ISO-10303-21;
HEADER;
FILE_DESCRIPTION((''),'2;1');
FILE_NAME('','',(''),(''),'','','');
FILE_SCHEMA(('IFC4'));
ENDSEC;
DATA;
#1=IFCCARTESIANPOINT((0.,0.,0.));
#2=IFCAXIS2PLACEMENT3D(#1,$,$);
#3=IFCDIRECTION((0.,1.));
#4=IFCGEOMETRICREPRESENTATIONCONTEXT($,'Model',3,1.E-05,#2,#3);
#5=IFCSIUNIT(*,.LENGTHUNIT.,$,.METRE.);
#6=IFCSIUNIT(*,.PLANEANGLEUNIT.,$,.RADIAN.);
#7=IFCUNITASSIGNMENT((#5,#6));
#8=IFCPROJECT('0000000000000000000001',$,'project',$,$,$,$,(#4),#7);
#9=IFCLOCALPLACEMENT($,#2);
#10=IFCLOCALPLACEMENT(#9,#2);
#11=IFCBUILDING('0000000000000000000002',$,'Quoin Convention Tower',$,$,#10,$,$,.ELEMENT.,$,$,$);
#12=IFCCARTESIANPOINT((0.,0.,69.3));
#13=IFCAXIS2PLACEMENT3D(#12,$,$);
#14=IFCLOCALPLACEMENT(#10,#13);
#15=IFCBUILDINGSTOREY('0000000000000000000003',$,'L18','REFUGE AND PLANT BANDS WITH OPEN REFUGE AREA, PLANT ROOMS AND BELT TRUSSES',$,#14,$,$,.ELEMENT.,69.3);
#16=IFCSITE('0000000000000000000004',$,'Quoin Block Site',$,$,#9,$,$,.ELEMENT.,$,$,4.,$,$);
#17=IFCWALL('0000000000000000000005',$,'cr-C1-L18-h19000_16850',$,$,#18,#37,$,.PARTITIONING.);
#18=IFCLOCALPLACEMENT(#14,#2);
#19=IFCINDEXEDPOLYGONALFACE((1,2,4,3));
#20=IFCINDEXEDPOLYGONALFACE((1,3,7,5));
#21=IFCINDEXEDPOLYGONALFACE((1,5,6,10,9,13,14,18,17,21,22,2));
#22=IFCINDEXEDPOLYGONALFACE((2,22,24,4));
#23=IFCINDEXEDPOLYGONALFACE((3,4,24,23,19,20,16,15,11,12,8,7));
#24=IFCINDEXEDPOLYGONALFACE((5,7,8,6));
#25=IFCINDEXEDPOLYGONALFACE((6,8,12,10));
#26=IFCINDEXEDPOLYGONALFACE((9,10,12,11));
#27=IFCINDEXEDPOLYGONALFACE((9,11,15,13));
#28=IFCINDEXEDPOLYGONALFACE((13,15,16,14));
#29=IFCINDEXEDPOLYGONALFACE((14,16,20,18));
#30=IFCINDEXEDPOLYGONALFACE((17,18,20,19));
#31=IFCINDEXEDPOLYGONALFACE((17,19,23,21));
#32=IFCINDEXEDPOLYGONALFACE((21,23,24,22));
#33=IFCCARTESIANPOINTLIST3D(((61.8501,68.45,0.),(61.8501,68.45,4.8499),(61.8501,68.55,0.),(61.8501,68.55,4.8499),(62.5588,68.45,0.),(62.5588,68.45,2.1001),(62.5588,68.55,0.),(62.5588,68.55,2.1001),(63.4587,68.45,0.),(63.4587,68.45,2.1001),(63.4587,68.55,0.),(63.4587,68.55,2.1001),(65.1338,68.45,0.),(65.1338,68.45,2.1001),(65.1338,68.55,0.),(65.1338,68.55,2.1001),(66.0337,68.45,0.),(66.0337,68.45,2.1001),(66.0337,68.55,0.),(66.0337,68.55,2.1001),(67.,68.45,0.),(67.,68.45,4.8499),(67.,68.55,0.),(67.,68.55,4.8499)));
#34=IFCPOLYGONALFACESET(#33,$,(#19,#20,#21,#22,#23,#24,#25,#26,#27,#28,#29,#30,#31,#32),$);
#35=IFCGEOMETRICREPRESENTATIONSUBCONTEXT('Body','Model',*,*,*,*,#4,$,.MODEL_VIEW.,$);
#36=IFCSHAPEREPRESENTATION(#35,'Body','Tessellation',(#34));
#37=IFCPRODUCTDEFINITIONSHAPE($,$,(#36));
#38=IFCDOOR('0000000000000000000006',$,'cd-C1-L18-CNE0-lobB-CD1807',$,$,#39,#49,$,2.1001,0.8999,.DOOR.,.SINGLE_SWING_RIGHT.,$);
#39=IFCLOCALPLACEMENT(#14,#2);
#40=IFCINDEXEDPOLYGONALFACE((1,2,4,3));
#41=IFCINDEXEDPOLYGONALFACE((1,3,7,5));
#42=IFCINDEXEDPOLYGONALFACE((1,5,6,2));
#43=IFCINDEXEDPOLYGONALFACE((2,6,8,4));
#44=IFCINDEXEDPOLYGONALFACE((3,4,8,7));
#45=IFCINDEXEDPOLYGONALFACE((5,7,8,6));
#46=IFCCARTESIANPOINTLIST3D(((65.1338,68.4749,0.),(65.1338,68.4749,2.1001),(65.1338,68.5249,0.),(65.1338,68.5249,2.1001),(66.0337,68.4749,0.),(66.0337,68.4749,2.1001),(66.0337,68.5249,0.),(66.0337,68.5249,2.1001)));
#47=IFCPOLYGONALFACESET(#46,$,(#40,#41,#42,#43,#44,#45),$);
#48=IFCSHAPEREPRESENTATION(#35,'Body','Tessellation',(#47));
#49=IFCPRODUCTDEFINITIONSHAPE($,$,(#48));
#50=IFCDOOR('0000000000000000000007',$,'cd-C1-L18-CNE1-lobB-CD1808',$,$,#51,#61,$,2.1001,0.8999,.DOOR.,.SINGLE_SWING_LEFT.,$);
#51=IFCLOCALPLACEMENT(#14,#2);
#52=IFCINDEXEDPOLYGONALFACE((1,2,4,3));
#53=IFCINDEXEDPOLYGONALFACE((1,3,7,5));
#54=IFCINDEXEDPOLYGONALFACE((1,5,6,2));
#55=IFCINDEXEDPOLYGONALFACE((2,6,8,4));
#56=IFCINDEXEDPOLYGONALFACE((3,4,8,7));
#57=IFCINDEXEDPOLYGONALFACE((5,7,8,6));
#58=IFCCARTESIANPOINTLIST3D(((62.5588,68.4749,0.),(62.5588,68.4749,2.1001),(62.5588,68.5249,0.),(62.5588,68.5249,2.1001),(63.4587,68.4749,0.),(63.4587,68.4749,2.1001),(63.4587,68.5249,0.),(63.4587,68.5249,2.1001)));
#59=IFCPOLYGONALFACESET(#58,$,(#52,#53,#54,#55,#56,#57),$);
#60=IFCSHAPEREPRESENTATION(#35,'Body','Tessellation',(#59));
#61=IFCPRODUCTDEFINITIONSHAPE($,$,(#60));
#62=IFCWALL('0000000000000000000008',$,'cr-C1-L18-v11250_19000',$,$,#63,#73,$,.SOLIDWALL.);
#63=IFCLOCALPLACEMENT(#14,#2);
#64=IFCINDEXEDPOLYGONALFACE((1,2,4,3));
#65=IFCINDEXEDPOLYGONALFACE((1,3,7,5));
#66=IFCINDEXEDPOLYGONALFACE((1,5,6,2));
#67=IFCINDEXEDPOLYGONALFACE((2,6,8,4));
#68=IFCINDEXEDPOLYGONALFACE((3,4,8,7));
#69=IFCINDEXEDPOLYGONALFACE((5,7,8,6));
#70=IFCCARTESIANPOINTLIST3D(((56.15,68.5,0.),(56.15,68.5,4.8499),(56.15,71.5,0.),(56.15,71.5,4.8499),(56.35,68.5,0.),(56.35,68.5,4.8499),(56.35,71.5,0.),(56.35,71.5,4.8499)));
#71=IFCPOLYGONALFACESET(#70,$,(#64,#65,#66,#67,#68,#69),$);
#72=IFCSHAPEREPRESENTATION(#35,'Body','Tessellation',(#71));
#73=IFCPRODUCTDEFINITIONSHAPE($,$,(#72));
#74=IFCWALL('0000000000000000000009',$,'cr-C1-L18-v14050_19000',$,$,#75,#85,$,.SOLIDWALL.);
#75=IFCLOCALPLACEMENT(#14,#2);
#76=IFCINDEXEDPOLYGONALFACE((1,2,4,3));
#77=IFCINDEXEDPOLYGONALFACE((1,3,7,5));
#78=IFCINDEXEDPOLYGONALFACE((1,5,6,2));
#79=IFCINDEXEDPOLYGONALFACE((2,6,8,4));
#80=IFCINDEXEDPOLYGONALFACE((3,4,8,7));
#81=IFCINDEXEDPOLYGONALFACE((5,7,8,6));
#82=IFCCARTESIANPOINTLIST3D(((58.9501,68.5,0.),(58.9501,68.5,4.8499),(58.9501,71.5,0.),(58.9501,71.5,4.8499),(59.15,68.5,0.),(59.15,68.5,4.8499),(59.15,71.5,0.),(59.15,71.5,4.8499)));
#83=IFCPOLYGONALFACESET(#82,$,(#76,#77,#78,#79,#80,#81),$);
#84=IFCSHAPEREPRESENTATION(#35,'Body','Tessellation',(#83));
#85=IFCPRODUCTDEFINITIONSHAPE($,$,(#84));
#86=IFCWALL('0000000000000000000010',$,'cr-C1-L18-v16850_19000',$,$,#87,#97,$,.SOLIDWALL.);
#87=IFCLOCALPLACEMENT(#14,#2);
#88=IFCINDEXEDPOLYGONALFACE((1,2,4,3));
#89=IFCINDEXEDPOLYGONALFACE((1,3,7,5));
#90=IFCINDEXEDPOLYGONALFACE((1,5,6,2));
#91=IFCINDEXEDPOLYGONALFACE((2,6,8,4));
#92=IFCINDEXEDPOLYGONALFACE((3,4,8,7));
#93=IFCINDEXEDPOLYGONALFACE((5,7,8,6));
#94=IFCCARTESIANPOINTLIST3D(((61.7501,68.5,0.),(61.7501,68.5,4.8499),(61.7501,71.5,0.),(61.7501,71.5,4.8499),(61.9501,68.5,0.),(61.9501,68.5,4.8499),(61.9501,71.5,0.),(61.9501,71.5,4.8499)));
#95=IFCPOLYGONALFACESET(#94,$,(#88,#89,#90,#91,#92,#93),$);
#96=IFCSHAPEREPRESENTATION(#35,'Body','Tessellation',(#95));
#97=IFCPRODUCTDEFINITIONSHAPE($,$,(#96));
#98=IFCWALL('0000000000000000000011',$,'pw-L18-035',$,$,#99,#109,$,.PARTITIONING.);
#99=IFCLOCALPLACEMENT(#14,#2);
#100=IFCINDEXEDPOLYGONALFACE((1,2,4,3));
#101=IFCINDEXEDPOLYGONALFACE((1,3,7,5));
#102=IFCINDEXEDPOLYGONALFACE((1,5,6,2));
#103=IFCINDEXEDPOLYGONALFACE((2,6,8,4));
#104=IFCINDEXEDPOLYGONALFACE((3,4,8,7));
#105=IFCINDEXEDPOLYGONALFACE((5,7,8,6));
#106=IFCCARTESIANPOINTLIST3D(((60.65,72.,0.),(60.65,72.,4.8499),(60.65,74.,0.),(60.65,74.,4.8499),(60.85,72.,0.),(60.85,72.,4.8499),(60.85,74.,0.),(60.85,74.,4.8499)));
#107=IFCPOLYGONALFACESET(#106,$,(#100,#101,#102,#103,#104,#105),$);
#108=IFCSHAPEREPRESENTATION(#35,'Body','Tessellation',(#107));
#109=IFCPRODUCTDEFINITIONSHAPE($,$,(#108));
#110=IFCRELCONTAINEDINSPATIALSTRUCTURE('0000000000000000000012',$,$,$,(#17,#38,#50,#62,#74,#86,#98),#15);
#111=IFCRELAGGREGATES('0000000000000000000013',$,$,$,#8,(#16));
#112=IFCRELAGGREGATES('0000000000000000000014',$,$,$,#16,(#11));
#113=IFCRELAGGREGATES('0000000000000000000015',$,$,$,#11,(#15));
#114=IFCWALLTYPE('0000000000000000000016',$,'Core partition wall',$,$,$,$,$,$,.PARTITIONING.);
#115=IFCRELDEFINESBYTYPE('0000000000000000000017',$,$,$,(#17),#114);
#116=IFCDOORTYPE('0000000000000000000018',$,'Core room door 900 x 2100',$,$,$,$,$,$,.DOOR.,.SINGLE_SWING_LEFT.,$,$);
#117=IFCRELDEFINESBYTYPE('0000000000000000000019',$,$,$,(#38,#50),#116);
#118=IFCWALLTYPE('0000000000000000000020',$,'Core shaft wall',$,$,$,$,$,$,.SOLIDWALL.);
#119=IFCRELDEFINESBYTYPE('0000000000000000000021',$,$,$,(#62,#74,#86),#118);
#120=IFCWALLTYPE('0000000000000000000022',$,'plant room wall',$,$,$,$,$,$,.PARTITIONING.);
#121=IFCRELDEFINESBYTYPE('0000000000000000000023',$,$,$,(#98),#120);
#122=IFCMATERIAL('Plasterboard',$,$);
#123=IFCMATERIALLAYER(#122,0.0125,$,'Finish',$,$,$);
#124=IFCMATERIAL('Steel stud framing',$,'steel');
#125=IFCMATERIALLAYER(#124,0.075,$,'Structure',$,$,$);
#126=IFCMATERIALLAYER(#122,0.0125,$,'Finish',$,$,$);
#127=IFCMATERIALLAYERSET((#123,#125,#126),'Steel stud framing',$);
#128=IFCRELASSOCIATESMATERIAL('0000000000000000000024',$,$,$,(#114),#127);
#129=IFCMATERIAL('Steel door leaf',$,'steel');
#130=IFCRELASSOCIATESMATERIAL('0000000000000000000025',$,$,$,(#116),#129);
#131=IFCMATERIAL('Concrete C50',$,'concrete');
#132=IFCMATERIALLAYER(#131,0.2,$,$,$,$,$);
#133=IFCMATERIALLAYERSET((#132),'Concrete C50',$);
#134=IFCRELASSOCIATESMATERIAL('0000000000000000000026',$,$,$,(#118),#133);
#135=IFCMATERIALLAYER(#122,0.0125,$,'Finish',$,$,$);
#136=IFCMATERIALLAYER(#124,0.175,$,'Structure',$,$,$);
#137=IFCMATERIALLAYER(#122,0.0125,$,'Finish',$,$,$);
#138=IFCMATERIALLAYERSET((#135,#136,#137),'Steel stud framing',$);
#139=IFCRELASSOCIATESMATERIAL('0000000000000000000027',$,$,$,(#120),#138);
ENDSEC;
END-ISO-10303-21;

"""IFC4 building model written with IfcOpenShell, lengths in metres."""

from ifc_helpers import new_model, si_unit, direction, frame, frame_2d, origin, place, context, subcontext, project, spatial, rectangle, extrude, material, layer, layer_set, type_object, element, fill, save


model = new_model("IFC4")

# Units and contexts
model_context = context("Model", 3, precision=1e-05, world=origin(), true_north=direction((0.0, 1.0)))
body_context = subcontext(model_context, "Body", "Model", "MODEL_VIEW")
ifc_project = project(units=[si_unit("LENGTHUNIT", "METRE"), si_unit("PLANEANGLEUNIT", "RADIAN")], contexts=[model_context])

# Site, building, storey
site_placement = place(None, origin())
site = spatial("IfcSite", under=ifc_project, at=site_placement, Name="Quoin Block Site", CompositionType="ELEMENT", RefElevation=4.0)
building_placement = place(site_placement, origin())
building = spatial("IfcBuilding", under=site, at=building_placement, Name="Quoin Convention Tower", CompositionType="ELEMENT")
storey_placement = place(building_placement, frame((0.0, 0.0, 69.3)))
storey = spatial("IfcBuildingStorey", under=building, at=storey_placement, Name="L18", Description="REFUGE AND PLANT BANDS WITH OPEN REFUGE AREA, PLANT ROOMS AND BELT TRUSSES", CompositionType="ELEMENT", Elevation=69.3)

# Wall, openings, doors
ifc_material_1 = material(Name="Plasterboard")
ifc_layer_1 = layer(ifc_material_1, 0.0125, Name="Finish")
ifc_material_2 = material(Name="Steel stud framing", Category="steel")
ifc_layer_2 = layer(ifc_material_2, 0.075, Name="Structure")
ifc_layer_3 = layer(ifc_material_1, 0.0125, Name="Finish")
ifc_layer_set_1 = layer_set([ifc_layer_1, ifc_layer_2, ifc_layer_3], Name="Steel stud framing")
wall_type_1 = type_object("IfcWallType", Name="Core partition wall", PredefinedType="PARTITIONING", material=ifc_layer_set_1)
wall_1_placement = place(storey_placement, frame((61.8501, 68.5, 0.0), z_axis=(0.0, 0.0, 1.0), x_axis=(1.0, 0.0, 0.0)))
wall_1 = element("IfcWall", 1, at=wall_1_placement, inside=storey, type_object=wall_type_1, Name="cr-C1-L18-h19000_16850", PredefinedType="PARTITIONING", context=body_context, shape_type="SweptSolid", body=[
    extrude(rectangle(XDim=5.1499, YDim=0.1001, at=frame_2d((2.575, 0.0))), origin(), (0.0, 0.0, 1.0), 4.8499),
])
opening_1_placement = place(wall_1_placement, frame((3.2837, 0.0, 0.0)))
opening_1 = element("IfcOpeningElement", 2, at=opening_1_placement, cuts=wall_1, PredefinedType="OPENING", context=body_context, shape_type="SweptSolid", body=[
    extrude(rectangle(XDim=0.8999, YDim=2.1001, at=frame_2d((0.45, 1.05))), frame((0.0, 0.0601, 0.0), z_axis=(0.0, -1.0, 0.0), x_axis=(1.0, 0.0, 0.0)), (0.0, 0.0, 1.0), 0.1201),
])
opening_2_placement = place(wall_1_placement, frame((0.7087, 0.0, 0.0)))
opening_2 = element("IfcOpeningElement", 3, at=opening_2_placement, cuts=wall_1, PredefinedType="OPENING", context=body_context, shape_type="SweptSolid", body=[
    extrude(rectangle(XDim=0.8999, YDim=2.1001, at=frame_2d((0.45, 1.05))), frame((0.0, 0.0601, 0.0), z_axis=(0.0, -1.0, 0.0), x_axis=(1.0, 0.0, 0.0)), (0.0, 0.0, 1.0), 0.1201),
])
ifc_material_3 = material(Name="Steel door leaf", Category="steel")
door_type = type_object("IfcDoorType", Name="Core room door 900 x 2100", OperationType="SINGLE_SWING_LEFT", PredefinedType="DOOR", material=ifc_material_3)
door_1_placement = place(opening_1_placement, origin())
door_1 = element("IfcDoor", 4, at=door_1_placement, inside=storey, type_object=door_type, Name="cd-C1-L18-CNE0-lobB-CD1807", OperationType="SINGLE_SWING_RIGHT", OverallHeight=2.1001, OverallWidth=0.8999, PredefinedType="DOOR", context=body_context, shape_type="SweptSolid", body=[
    extrude(rectangle(XDim=0.8999, YDim=2.1001, at=frame_2d((0.45, 1.05))), frame((0.0, 0.0249, 0.0), z_axis=(0.0, -1.0, 0.0), x_axis=(1.0, 0.0, 0.0)), (0.0, 0.0, 1.0), 0.05),
])
fill(opening_1, door_1)
door_2_placement = place(opening_2_placement, origin())
door_2 = element("IfcDoor", 5, at=door_2_placement, inside=storey, type_object=door_type, Name="cd-C1-L18-CNE1-lobB-CD1808", OperationType="SINGLE_SWING_LEFT", OverallHeight=2.1001, OverallWidth=0.8999, PredefinedType="DOOR", context=body_context, shape_type="SweptSolid", body=[
    extrude(rectangle(XDim=0.8999, YDim=2.1001, at=frame_2d((0.45, 1.05))), frame((0.0, 0.0249, 0.0), z_axis=(0.0, -1.0, 0.0), x_axis=(1.0, 0.0, 0.0)), (0.0, 0.0, 1.0), 0.05),
])
fill(opening_2, door_2)

# Walls
ifc_material_4 = material(Name="Concrete C50", Category="concrete")
ifc_layer_4 = layer(ifc_material_4, 0.2)
ifc_layer_set_2 = layer_set([ifc_layer_4], Name="Concrete C50")
wall_type_2 = type_object("IfcWallType", Name="Core shaft wall", PredefinedType="SOLIDWALL", material=ifc_layer_set_2)
for number, where, z_axis, x_axis, name in (
    (6, (56.25, 68.5, 0.0), (0.0, 0.0, 1.0), (0.0, 1.0, 0.0), "cr-C1-L18-v11250_19000"),
    (7, (59.05, 68.5, 0.0), (0.0, 0.0, 1.0), (0.0, 1.0, 0.0), "cr-C1-L18-v14050_19000"),
    (8, (61.8501, 68.5, 0.0), (0.0, 0.0, 1.0), (0.0, 1.0, 0.0), "cr-C1-L18-v16850_19000"),
):
    element("IfcWall", number, at=place(storey_placement, frame(where, z_axis=z_axis, x_axis=x_axis)), inside=storey, type_object=wall_type_2, Name=name, PredefinedType="SOLIDWALL", context=body_context, shape_type="SweptSolid", body=[
        extrude(rectangle(XDim=3.0, YDim=0.2, at=frame_2d((1.5, 0.0))), origin(), (0.0, 0.0, 1.0), 4.8499),
    ])
ifc_layer_5 = layer(ifc_material_1, 0.0125, Name="Finish")
ifc_layer_6 = layer(ifc_material_2, 0.175, Name="Structure")
ifc_layer_7 = layer(ifc_material_1, 0.0125, Name="Finish")
ifc_layer_set_3 = layer_set([ifc_layer_5, ifc_layer_6, ifc_layer_7], Name="Steel stud framing")
wall_type_3 = type_object("IfcWallType", Name="plant room wall", PredefinedType="PARTITIONING", material=ifc_layer_set_3)
wall_2_placement = place(storey_placement, frame((60.75, 72.0, 0.0), z_axis=(0.0, 0.0, 1.0), x_axis=(0.0, 1.0, 0.0)))
element("IfcWall", 9, at=wall_2_placement, inside=storey, type_object=wall_type_3, Name="pw-L18-035", PredefinedType="PARTITIONING", context=body_context, shape_type="SweptSolid", body=[
    extrude(rectangle(XDim=2.0, YDim=0.2, at=frame_2d((1.0, 0.0))), origin(), (0.0, 0.0, 1.0), 4.8499),
])

save(model, "model.ifc")
